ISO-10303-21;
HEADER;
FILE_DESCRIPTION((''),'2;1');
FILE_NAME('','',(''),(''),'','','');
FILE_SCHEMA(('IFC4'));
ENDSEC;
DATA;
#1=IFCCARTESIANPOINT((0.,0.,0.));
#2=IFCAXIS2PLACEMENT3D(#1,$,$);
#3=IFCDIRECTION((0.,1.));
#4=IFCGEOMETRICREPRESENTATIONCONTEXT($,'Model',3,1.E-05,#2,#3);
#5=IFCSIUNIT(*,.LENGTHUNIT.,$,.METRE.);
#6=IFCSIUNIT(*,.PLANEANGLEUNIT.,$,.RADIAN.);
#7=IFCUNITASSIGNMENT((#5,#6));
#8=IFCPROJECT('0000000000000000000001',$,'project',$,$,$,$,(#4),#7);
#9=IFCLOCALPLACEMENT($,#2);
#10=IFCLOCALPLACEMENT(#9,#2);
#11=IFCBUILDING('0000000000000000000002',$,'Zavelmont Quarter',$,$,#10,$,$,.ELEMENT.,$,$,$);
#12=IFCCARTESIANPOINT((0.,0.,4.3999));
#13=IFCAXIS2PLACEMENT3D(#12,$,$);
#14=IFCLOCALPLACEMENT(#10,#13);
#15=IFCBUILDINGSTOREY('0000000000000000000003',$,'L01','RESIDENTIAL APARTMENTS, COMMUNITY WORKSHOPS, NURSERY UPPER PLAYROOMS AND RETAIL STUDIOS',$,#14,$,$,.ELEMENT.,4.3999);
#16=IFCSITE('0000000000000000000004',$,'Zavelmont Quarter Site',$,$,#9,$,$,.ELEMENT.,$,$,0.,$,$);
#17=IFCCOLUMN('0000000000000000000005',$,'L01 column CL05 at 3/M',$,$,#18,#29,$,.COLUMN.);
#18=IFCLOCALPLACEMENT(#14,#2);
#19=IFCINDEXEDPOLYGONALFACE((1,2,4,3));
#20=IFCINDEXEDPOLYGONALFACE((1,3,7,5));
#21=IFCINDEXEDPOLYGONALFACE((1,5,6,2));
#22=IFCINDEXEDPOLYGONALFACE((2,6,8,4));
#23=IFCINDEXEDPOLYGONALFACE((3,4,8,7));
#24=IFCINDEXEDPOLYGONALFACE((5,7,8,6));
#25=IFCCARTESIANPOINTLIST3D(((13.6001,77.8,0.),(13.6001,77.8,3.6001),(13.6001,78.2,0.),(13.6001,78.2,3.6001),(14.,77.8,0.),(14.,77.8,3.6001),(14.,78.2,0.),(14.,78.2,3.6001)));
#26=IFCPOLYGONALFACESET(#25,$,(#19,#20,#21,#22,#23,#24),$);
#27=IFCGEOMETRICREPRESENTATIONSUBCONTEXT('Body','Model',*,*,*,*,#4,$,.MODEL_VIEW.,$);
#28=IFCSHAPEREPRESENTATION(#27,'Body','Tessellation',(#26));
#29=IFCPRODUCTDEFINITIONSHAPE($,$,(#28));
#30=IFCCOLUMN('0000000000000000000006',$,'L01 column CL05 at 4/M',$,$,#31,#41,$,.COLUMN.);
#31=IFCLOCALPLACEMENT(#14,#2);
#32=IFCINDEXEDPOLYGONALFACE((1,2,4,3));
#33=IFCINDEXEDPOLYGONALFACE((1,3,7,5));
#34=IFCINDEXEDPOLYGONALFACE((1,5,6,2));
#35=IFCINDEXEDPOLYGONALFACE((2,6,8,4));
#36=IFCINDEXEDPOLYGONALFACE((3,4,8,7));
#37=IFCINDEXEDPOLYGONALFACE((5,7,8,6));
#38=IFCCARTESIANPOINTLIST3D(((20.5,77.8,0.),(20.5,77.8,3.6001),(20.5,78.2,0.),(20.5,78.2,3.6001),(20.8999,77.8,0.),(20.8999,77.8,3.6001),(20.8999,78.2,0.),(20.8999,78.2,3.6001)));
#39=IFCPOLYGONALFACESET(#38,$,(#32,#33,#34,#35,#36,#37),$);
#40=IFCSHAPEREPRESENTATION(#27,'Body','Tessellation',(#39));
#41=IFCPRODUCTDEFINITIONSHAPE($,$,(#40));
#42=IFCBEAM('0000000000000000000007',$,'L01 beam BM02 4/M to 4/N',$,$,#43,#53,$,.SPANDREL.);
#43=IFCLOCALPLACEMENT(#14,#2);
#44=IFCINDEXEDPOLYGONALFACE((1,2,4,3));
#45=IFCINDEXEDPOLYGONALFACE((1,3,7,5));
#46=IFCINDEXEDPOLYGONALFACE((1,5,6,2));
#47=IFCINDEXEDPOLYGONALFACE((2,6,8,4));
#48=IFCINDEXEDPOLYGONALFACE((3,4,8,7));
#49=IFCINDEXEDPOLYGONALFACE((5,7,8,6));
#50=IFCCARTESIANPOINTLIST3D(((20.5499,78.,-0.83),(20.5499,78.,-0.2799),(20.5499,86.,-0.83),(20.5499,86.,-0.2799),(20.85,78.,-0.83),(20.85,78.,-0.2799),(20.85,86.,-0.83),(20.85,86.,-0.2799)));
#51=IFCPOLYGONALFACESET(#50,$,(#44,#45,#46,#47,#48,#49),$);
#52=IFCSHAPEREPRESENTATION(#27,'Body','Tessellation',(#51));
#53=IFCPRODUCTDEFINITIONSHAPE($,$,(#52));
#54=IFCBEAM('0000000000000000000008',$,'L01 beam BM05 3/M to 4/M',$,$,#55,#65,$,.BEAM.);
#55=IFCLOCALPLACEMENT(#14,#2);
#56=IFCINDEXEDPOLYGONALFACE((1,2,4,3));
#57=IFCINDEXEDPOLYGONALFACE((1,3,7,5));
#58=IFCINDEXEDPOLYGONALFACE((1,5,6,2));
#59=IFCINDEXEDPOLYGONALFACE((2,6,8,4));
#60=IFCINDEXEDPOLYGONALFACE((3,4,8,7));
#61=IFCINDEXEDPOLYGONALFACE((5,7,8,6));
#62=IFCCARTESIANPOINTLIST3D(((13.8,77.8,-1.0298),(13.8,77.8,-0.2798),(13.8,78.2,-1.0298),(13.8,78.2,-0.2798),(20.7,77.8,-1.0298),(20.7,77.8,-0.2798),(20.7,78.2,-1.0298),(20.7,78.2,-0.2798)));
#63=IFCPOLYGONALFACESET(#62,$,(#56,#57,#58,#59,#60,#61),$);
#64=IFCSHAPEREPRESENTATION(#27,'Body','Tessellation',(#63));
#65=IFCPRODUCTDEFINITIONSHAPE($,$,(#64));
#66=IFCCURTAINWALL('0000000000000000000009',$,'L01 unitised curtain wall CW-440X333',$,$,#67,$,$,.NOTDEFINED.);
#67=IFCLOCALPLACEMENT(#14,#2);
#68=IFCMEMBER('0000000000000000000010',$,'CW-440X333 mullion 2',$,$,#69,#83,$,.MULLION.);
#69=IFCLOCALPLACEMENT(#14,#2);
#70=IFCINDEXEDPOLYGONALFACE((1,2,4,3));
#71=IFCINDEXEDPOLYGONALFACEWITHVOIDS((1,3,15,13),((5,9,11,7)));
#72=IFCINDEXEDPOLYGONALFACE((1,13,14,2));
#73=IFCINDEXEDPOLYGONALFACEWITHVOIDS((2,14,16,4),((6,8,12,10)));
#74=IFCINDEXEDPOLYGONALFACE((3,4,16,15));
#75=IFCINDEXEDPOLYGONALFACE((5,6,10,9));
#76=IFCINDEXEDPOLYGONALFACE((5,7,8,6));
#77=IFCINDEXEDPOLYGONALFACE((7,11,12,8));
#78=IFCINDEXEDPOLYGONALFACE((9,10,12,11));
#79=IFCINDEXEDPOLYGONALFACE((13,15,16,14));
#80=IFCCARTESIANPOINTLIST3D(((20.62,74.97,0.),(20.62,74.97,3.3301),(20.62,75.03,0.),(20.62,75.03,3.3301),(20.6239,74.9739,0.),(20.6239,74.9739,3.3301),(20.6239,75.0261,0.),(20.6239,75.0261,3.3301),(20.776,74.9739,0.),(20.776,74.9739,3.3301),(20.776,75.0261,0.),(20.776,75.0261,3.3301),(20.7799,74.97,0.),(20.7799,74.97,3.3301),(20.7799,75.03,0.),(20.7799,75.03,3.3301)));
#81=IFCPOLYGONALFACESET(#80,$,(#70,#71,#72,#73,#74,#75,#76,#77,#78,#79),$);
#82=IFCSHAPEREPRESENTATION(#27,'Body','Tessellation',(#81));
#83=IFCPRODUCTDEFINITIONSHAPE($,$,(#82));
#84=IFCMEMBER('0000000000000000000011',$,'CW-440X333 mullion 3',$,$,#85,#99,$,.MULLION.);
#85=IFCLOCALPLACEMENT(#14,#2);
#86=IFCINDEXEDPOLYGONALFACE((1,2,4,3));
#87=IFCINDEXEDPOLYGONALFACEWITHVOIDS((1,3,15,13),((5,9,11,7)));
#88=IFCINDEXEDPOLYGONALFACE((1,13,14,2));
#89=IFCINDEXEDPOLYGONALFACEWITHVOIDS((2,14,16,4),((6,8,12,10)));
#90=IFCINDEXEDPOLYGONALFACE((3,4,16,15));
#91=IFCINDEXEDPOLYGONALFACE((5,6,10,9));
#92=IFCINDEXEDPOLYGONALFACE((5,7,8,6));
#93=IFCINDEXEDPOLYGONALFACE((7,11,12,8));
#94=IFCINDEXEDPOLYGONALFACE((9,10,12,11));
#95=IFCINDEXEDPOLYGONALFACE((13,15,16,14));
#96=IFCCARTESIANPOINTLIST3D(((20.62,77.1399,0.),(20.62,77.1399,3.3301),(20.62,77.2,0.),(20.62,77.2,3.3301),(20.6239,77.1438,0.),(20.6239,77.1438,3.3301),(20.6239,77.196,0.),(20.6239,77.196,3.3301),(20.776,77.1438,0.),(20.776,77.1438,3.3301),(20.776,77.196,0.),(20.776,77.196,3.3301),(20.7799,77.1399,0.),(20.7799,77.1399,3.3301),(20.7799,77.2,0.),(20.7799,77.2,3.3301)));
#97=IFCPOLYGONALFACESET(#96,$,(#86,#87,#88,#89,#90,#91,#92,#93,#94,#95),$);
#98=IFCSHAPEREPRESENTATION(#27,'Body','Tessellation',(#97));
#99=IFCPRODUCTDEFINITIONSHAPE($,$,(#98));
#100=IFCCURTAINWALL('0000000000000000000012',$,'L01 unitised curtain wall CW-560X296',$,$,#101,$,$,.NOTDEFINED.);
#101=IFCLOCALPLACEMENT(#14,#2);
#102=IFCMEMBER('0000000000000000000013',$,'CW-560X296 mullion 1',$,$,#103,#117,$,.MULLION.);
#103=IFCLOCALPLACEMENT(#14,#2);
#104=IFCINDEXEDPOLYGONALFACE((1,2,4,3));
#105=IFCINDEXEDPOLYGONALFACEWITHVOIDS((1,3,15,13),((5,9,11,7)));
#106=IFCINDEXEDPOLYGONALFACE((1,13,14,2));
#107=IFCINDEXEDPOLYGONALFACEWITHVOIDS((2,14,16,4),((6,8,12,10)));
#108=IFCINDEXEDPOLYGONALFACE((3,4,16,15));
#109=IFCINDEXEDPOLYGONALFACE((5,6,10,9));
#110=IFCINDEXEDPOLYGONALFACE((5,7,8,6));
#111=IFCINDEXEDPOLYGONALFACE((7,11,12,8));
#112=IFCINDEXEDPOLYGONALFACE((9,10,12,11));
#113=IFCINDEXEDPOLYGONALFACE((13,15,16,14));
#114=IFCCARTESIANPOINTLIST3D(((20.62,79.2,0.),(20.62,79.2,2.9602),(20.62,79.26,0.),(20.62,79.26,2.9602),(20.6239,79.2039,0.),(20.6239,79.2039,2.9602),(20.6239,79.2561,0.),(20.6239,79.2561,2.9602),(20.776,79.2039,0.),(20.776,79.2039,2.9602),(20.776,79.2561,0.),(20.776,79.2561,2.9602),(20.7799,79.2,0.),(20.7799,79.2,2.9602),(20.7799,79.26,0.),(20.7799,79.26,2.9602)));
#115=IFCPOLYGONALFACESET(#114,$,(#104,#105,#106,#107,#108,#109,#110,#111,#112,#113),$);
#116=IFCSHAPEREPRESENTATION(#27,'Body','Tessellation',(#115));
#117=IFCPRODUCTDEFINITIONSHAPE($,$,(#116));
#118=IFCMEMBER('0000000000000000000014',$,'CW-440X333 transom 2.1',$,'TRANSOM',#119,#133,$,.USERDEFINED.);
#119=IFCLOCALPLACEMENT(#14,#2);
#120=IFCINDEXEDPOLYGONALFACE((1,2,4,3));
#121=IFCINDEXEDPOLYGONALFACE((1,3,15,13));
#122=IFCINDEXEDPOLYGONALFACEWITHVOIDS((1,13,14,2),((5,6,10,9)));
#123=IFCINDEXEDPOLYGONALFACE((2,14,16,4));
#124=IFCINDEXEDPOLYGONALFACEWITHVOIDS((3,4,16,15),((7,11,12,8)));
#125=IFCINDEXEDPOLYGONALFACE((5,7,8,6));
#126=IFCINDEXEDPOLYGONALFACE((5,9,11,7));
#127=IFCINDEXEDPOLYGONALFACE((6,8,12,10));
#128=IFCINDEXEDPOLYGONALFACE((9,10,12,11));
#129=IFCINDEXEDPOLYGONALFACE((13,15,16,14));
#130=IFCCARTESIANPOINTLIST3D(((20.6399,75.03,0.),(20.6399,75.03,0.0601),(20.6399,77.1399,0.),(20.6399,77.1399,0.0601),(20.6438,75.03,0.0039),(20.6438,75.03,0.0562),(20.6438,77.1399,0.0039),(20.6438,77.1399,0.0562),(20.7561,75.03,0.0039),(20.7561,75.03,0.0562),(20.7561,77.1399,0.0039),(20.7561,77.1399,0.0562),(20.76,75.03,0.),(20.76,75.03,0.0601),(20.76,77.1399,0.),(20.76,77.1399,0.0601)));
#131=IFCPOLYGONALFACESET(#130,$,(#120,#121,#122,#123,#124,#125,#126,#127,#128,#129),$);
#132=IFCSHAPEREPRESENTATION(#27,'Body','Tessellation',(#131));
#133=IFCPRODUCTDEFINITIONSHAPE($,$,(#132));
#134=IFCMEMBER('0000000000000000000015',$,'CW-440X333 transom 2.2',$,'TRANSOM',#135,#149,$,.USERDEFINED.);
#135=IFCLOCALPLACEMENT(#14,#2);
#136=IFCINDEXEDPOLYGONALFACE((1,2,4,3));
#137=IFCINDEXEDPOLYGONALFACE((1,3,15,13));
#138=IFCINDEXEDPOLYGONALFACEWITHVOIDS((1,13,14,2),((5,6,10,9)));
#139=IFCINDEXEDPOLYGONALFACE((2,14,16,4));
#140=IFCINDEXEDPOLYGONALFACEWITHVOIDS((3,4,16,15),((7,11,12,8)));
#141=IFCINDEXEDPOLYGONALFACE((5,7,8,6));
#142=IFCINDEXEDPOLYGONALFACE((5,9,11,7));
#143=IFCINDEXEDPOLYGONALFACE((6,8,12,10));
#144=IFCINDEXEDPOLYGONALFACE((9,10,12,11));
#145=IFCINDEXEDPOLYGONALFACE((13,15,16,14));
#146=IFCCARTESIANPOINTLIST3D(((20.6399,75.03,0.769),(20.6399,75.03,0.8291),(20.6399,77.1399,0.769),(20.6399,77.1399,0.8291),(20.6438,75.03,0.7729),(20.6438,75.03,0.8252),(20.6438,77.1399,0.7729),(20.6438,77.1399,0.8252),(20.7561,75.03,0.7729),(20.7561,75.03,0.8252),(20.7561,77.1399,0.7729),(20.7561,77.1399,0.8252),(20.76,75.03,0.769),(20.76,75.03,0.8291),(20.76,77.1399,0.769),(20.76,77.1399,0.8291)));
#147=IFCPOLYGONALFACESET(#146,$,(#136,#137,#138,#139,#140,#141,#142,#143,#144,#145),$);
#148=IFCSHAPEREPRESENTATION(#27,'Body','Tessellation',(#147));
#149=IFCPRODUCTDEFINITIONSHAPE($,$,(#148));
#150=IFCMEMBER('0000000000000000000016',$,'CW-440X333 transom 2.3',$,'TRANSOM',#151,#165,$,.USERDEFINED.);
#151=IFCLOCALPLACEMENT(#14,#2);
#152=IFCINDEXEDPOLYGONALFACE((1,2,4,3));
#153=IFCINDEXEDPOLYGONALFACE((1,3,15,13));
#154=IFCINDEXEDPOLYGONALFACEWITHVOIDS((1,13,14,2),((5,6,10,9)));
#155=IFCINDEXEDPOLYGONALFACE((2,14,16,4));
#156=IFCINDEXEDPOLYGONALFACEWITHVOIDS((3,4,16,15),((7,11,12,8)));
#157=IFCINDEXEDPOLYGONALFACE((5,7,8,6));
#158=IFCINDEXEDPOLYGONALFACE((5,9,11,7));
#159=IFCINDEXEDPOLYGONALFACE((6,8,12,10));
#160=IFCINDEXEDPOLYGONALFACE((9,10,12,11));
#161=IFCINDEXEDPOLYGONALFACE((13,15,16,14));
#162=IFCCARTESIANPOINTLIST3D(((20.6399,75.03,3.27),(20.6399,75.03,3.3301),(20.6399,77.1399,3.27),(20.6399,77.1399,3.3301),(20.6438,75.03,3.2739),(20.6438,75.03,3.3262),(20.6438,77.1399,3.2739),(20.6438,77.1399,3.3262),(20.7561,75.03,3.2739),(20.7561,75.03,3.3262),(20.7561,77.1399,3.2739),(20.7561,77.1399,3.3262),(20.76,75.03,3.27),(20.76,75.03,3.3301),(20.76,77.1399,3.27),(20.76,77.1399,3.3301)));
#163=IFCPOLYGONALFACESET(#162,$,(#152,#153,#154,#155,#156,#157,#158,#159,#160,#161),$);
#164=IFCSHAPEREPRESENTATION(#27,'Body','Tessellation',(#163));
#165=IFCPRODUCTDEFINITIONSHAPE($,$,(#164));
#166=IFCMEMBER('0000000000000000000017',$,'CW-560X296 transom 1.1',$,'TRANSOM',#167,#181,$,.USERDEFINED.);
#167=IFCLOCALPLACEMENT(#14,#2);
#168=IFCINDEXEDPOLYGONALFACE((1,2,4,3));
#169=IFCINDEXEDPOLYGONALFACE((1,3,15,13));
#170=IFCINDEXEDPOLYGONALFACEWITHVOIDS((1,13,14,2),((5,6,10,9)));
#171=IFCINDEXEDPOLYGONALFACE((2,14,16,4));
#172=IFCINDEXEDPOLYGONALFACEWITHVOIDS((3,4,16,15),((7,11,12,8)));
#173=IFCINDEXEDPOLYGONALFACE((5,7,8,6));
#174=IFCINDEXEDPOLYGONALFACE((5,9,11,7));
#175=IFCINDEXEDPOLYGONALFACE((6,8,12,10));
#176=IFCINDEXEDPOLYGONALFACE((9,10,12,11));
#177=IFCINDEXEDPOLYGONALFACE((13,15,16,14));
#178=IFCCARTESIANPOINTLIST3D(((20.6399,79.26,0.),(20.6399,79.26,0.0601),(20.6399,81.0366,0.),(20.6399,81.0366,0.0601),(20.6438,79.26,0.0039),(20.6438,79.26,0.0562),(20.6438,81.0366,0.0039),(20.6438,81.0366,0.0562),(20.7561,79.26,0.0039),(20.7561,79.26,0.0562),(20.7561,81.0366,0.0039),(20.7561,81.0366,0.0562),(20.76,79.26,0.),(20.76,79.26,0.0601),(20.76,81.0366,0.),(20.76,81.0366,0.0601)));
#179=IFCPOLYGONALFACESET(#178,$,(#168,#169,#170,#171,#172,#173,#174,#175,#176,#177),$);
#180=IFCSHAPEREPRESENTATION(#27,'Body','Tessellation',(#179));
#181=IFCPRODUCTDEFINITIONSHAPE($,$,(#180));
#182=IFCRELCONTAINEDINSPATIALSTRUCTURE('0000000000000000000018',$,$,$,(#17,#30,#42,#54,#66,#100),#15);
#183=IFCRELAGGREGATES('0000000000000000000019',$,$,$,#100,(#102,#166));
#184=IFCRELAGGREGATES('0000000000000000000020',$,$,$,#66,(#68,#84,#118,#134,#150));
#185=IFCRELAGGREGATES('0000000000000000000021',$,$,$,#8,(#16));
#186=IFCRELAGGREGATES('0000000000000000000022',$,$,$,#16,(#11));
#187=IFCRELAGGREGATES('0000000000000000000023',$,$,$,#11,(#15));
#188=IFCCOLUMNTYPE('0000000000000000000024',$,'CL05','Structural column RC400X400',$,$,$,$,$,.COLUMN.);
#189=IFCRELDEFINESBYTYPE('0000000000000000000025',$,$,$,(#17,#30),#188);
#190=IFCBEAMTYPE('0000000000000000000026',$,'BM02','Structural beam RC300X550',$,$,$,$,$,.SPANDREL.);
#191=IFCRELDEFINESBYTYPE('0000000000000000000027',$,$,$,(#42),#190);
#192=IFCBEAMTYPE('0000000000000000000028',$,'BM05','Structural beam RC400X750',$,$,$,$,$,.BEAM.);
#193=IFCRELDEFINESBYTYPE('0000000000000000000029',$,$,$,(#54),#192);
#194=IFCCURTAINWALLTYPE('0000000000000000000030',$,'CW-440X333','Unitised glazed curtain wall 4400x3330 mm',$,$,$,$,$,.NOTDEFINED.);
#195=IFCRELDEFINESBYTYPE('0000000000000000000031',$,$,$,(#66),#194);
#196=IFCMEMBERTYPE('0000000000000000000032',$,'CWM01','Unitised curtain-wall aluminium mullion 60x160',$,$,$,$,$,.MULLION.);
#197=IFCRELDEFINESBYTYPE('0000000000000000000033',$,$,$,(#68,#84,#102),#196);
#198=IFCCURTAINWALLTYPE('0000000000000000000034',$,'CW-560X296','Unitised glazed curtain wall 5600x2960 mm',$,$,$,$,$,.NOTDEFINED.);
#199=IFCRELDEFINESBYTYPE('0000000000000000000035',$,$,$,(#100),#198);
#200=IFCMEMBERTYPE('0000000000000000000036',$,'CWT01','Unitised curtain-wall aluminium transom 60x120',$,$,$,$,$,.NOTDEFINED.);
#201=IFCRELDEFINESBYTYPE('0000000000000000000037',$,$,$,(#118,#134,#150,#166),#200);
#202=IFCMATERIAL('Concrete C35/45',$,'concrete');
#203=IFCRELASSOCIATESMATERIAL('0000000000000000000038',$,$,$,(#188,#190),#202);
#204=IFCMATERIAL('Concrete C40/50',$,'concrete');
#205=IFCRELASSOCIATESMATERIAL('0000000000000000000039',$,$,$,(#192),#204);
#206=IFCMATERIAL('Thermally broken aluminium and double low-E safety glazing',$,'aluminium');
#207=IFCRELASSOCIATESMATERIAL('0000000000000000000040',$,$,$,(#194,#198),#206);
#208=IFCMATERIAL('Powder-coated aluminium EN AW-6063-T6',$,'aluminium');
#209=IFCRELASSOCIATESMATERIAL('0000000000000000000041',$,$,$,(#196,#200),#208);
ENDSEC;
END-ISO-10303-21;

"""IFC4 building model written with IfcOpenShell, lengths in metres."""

from ifc_helpers import new_model, si_unit, direction, frame, origin, origin_2d, place, context, subcontext, project, spatial, rectangle, hollow_rectangle, extrude, material, material_profile, profile_set, type_object, element, aggregate, save


model = new_model("IFC4")

# Units and contexts
model_context = context("Model", 3, precision=1e-05, world=origin(), true_north=direction((0.0, 1.0)))
body_context = subcontext(model_context, "Body", "Model", "MODEL_VIEW")
ifc_project = project(units=[si_unit("LENGTHUNIT", "METRE"), si_unit("PLANEANGLEUNIT", "RADIAN")], contexts=[model_context])

# Site, building, storey
site_placement = place(None, origin())
site = spatial("IfcSite", under=ifc_project, at=site_placement, Name="Zavelmont Quarter Site", CompositionType="ELEMENT", RefElevation=0.0)
building_placement = place(site_placement, origin())
building = spatial("IfcBuilding", under=site, at=building_placement, Name="Zavelmont Quarter", CompositionType="ELEMENT")
storey_placement = place(building_placement, frame((0.0, 0.0, 4.3999)))
storey = spatial("IfcBuildingStorey", under=building, at=storey_placement, Name="L01", Description="RESIDENTIAL APARTMENTS, COMMUNITY WORKSHOPS, NURSERY UPPER PLAYROOMS AND RETAIL STUDIOS", CompositionType="ELEMENT", Elevation=4.3999)

# Columns
ifc_material_1 = material(Name="Concrete C35/45", Category="concrete")
ifc_material_profile_1 = material_profile(ifc_material_1, rectangle(XDim=0.3999, YDim=0.3999, at=origin_2d()), Name="RC400X400")
ifc_profile_set_1 = profile_set([ifc_material_profile_1], Name="Concrete C35/45")
column_type = type_object("IfcColumnType", Name="CL05", Description="Structural column RC400X400", PredefinedType="COLUMN", material=ifc_profile_set_1)
for number, where, z_axis, x_axis, name in (
    (1, (13.8, 78.0, 0.0), (0.0, 0.0, 1.0), (1.0, 0.0, 0.0), "L01 column CL05 at 3/M"),
    (2, (20.7, 78.0, 0.0), (0.0, 0.0, 1.0), (1.0, 0.0, 0.0), "L01 column CL05 at 4/M"),
):
    element("IfcColumn", number, at=place(storey_placement, frame(where, z_axis=z_axis, x_axis=x_axis)), inside=storey, type_object=column_type, Name=name, PredefinedType="COLUMN", context=body_context, shape_type="SweptSolid", body=[
        extrude(rectangle(XDim=0.3999, YDim=0.3999, at=origin_2d()), origin(), (0.0, 0.0, 1.0), 3.6001),
    ])

# Beams
ifc_material_profile_2 = material_profile(ifc_material_1, rectangle(XDim=0.3, YDim=0.55, at=origin_2d()), Name="RC300X550")
ifc_profile_set_2 = profile_set([ifc_material_profile_2], Name="Concrete C35/45")
beam_type_1 = type_object("IfcBeamType", Name="BM02", Description="Structural beam RC300X550", PredefinedType="SPANDREL", material=ifc_profile_set_2)
beam_1_placement = place(storey_placement, frame((20.7, 78.0, -0.5549), z_axis=(0.0, 1.0, 0.0), x_axis=(-1.0, 0.0, 0.0)))
element("IfcBeam", 3, at=beam_1_placement, inside=storey, type_object=beam_type_1, Name="L01 beam BM02 4/M to 4/N", PredefinedType="SPANDREL", context=body_context, shape_type="SweptSolid", body=[
    extrude(rectangle(XDim=0.3, YDim=0.55, at=origin_2d()), origin(), (0.0, 0.0, 1.0), 8.0),
])
ifc_material_2 = material(Name="Concrete C40/50", Category="concrete")
ifc_material_profile_3 = material_profile(ifc_material_2, rectangle(XDim=0.3999, YDim=0.75, at=origin_2d()), Name="RC400X750")
ifc_profile_set_3 = profile_set([ifc_material_profile_3], Name="Concrete C40/50")
beam_type_2 = type_object("IfcBeamType", Name="BM05", Description="Structural beam RC400X750", PredefinedType="BEAM", material=ifc_profile_set_3)
beam_2_placement = place(storey_placement, frame((13.8, 78.0, -0.6548), z_axis=(1.0, 0.0, 0.0), x_axis=(0.0, 1.0, 0.0)))
element("IfcBeam", 4, at=beam_2_placement, inside=storey, type_object=beam_type_2, Name="L01 beam BM05 3/M to 4/M", PredefinedType="BEAM", context=body_context, shape_type="SweptSolid", body=[
    extrude(rectangle(XDim=0.3999, YDim=0.75, at=origin_2d()), origin(), (0.0, 0.0, 1.0), 6.8999),
])

# Curtain wall, members
ifc_material_3 = material(Name="Thermally broken aluminium and double low-E safety glazing", Category="aluminium")
curtain_wall_type_1 = type_object("IfcCurtainWallType", Name="CW-440X333", Description="Unitised glazed curtain wall 4400x3330 mm", PredefinedType="NOTDEFINED", material=ifc_material_3)
curtain_wall_1_placement = place(storey_placement, origin())
curtain_wall_1 = element("IfcCurtainWall", 5, at=curtain_wall_1_placement, inside=storey, type_object=curtain_wall_type_1, Name="L01 unitised curtain wall CW-440X333", PredefinedType="NOTDEFINED")
ifc_material_4 = material(Name="Powder-coated aluminium EN AW-6063-T6", Category="aluminium")
ifc_material_profile_4 = material_profile(ifc_material_4, hollow_rectangle(XDim=0.0601, YDim=0.1599, WallThickness=0.0039, at=origin_2d()), Name="CWM60X160")
ifc_profile_set_4 = profile_set([ifc_material_profile_4], Name="Powder-coated aluminium EN AW-6063-T6")
member_type_1 = type_object("IfcMemberType", Name="CWM01", Description="Unitised curtain-wall aluminium mullion 60x160", PredefinedType="MULLION", material=ifc_profile_set_4)
member_1_placement = place(storey_placement, frame((20.7, 75.0, 0.0), z_axis=(0.0, 0.0, 1.0), x_axis=(0.0, 1.0, 0.0)))
member_1 = element("IfcMember", 6, at=member_1_placement, type_object=member_type_1, Name="CW-440X333 mullion 2", PredefinedType="MULLION", context=body_context, shape_type="SweptSolid", body=[
    extrude(hollow_rectangle(XDim=0.0601, YDim=0.1599, WallThickness=0.0039, at=origin_2d()), origin(), (0.0, 0.0, 1.0), 3.3301),
])
member_2_placement = place(storey_placement, frame((20.7, 77.1699, 0.0), z_axis=(0.0, 0.0, 1.0), x_axis=(0.0, 1.0, 0.0)))
member_2 = element("IfcMember", 7, at=member_2_placement, type_object=member_type_1, Name="CW-440X333 mullion 3", PredefinedType="MULLION", context=body_context, shape_type="SweptSolid", body=[
    extrude(hollow_rectangle(XDim=0.0601, YDim=0.1599, WallThickness=0.0039, at=origin_2d()), origin(), (0.0, 0.0, 1.0), 3.3301),
])

# Curtain wall, member
curtain_wall_type_2 = type_object("IfcCurtainWallType", Name="CW-560X296", Description="Unitised glazed curtain wall 5600x2960 mm", PredefinedType="NOTDEFINED", material=ifc_material_3)
curtain_wall_2_placement = place(storey_placement, origin())
curtain_wall_2 = element("IfcCurtainWall", 8, at=curtain_wall_2_placement, inside=storey, type_object=curtain_wall_type_2, Name="L01 unitised curtain wall CW-560X296", PredefinedType="NOTDEFINED")
member_3_placement = place(storey_placement, frame((20.7, 79.23, 0.0), z_axis=(0.0, 0.0, 1.0), x_axis=(0.0, 1.0, 0.0)))
member_3 = element("IfcMember", 9, at=member_3_placement, type_object=member_type_1, Name="CW-560X296 mullion 1", PredefinedType="MULLION", context=body_context, shape_type="SweptSolid", body=[
    extrude(hollow_rectangle(XDim=0.0601, YDim=0.1599, WallThickness=0.0039, at=origin_2d()), origin(), (0.0, 0.0, 1.0), 2.9602),
])

# Members
ifc_material_profile_5 = material_profile(ifc_material_4, hollow_rectangle(XDim=0.1201, YDim=0.0601, WallThickness=0.0039, at=origin_2d()), Name="CWT60X120")
ifc_profile_set_5 = profile_set([ifc_material_profile_5], Name="Powder-coated aluminium EN AW-6063-T6")
member_type_2 = type_object("IfcMemberType", Name="CWT01", Description="Unitised curtain-wall aluminium transom 60x120", PredefinedType="NOTDEFINED", material=ifc_profile_set_5)
member_4_placement = place(storey_placement, frame((20.7, 75.03, 0.03), z_axis=(0.0, 1.0, 0.0), x_axis=(-1.0, 0.0, 0.0)))
member_4 = element("IfcMember", 10, at=member_4_placement, type_object=member_type_2, Name="CW-440X333 transom 2.1", ObjectType="TRANSOM", PredefinedType="USERDEFINED", context=body_context, shape_type="SweptSolid", body=[
    extrude(hollow_rectangle(XDim=0.1201, YDim=0.0601, WallThickness=0.0039, at=origin_2d()), origin(), (0.0, 0.0, 1.0), 2.1099),
])
member_5_placement = place(storey_placement, frame((20.7, 75.03, 0.7991), z_axis=(0.0, 1.0, 0.0), x_axis=(-1.0, 0.0, 0.0)))
member_5 = element("IfcMember", 11, at=member_5_placement, type_object=member_type_2, Name="CW-440X333 transom 2.2", ObjectType="TRANSOM", PredefinedType="USERDEFINED", context=body_context, shape_type="SweptSolid", body=[
    extrude(hollow_rectangle(XDim=0.1201, YDim=0.0601, WallThickness=0.0039, at=origin_2d()), origin(), (0.0, 0.0, 1.0), 2.1099),
])
member_6_placement = place(storey_placement, frame((20.7, 75.03, 3.3), z_axis=(0.0, 1.0, 0.0), x_axis=(-1.0, 0.0, 0.0)))
member_6 = element("IfcMember", 12, at=member_6_placement, type_object=member_type_2, Name="CW-440X333 transom 2.3", ObjectType="TRANSOM", PredefinedType="USERDEFINED", context=body_context, shape_type="SweptSolid", body=[
    extrude(hollow_rectangle(XDim=0.1201, YDim=0.0601, WallThickness=0.0039, at=origin_2d()), origin(), (0.0, 0.0, 1.0), 2.1099),
])
member_7_placement = place(storey_placement, frame((20.7, 79.26, 0.03), z_axis=(0.0, 1.0, 0.0), x_axis=(-1.0, 0.0, 0.0)))
member_7 = element("IfcMember", 13, at=member_7_placement, type_object=member_type_2, Name="CW-560X296 transom 1.1", ObjectType="TRANSOM", PredefinedType="USERDEFINED", context=body_context, shape_type="SweptSolid", body=[
    extrude(hollow_rectangle(XDim=0.1201, YDim=0.0601, WallThickness=0.0039, at=origin_2d()), origin(), (0.0, 0.0, 1.0), 1.7766),
])
aggregate(curtain_wall_2, [member_3, member_7])

aggregate(curtain_wall_1, [member_1, member_2, member_4, member_5, member_6])

save(model, "model.ifc")
